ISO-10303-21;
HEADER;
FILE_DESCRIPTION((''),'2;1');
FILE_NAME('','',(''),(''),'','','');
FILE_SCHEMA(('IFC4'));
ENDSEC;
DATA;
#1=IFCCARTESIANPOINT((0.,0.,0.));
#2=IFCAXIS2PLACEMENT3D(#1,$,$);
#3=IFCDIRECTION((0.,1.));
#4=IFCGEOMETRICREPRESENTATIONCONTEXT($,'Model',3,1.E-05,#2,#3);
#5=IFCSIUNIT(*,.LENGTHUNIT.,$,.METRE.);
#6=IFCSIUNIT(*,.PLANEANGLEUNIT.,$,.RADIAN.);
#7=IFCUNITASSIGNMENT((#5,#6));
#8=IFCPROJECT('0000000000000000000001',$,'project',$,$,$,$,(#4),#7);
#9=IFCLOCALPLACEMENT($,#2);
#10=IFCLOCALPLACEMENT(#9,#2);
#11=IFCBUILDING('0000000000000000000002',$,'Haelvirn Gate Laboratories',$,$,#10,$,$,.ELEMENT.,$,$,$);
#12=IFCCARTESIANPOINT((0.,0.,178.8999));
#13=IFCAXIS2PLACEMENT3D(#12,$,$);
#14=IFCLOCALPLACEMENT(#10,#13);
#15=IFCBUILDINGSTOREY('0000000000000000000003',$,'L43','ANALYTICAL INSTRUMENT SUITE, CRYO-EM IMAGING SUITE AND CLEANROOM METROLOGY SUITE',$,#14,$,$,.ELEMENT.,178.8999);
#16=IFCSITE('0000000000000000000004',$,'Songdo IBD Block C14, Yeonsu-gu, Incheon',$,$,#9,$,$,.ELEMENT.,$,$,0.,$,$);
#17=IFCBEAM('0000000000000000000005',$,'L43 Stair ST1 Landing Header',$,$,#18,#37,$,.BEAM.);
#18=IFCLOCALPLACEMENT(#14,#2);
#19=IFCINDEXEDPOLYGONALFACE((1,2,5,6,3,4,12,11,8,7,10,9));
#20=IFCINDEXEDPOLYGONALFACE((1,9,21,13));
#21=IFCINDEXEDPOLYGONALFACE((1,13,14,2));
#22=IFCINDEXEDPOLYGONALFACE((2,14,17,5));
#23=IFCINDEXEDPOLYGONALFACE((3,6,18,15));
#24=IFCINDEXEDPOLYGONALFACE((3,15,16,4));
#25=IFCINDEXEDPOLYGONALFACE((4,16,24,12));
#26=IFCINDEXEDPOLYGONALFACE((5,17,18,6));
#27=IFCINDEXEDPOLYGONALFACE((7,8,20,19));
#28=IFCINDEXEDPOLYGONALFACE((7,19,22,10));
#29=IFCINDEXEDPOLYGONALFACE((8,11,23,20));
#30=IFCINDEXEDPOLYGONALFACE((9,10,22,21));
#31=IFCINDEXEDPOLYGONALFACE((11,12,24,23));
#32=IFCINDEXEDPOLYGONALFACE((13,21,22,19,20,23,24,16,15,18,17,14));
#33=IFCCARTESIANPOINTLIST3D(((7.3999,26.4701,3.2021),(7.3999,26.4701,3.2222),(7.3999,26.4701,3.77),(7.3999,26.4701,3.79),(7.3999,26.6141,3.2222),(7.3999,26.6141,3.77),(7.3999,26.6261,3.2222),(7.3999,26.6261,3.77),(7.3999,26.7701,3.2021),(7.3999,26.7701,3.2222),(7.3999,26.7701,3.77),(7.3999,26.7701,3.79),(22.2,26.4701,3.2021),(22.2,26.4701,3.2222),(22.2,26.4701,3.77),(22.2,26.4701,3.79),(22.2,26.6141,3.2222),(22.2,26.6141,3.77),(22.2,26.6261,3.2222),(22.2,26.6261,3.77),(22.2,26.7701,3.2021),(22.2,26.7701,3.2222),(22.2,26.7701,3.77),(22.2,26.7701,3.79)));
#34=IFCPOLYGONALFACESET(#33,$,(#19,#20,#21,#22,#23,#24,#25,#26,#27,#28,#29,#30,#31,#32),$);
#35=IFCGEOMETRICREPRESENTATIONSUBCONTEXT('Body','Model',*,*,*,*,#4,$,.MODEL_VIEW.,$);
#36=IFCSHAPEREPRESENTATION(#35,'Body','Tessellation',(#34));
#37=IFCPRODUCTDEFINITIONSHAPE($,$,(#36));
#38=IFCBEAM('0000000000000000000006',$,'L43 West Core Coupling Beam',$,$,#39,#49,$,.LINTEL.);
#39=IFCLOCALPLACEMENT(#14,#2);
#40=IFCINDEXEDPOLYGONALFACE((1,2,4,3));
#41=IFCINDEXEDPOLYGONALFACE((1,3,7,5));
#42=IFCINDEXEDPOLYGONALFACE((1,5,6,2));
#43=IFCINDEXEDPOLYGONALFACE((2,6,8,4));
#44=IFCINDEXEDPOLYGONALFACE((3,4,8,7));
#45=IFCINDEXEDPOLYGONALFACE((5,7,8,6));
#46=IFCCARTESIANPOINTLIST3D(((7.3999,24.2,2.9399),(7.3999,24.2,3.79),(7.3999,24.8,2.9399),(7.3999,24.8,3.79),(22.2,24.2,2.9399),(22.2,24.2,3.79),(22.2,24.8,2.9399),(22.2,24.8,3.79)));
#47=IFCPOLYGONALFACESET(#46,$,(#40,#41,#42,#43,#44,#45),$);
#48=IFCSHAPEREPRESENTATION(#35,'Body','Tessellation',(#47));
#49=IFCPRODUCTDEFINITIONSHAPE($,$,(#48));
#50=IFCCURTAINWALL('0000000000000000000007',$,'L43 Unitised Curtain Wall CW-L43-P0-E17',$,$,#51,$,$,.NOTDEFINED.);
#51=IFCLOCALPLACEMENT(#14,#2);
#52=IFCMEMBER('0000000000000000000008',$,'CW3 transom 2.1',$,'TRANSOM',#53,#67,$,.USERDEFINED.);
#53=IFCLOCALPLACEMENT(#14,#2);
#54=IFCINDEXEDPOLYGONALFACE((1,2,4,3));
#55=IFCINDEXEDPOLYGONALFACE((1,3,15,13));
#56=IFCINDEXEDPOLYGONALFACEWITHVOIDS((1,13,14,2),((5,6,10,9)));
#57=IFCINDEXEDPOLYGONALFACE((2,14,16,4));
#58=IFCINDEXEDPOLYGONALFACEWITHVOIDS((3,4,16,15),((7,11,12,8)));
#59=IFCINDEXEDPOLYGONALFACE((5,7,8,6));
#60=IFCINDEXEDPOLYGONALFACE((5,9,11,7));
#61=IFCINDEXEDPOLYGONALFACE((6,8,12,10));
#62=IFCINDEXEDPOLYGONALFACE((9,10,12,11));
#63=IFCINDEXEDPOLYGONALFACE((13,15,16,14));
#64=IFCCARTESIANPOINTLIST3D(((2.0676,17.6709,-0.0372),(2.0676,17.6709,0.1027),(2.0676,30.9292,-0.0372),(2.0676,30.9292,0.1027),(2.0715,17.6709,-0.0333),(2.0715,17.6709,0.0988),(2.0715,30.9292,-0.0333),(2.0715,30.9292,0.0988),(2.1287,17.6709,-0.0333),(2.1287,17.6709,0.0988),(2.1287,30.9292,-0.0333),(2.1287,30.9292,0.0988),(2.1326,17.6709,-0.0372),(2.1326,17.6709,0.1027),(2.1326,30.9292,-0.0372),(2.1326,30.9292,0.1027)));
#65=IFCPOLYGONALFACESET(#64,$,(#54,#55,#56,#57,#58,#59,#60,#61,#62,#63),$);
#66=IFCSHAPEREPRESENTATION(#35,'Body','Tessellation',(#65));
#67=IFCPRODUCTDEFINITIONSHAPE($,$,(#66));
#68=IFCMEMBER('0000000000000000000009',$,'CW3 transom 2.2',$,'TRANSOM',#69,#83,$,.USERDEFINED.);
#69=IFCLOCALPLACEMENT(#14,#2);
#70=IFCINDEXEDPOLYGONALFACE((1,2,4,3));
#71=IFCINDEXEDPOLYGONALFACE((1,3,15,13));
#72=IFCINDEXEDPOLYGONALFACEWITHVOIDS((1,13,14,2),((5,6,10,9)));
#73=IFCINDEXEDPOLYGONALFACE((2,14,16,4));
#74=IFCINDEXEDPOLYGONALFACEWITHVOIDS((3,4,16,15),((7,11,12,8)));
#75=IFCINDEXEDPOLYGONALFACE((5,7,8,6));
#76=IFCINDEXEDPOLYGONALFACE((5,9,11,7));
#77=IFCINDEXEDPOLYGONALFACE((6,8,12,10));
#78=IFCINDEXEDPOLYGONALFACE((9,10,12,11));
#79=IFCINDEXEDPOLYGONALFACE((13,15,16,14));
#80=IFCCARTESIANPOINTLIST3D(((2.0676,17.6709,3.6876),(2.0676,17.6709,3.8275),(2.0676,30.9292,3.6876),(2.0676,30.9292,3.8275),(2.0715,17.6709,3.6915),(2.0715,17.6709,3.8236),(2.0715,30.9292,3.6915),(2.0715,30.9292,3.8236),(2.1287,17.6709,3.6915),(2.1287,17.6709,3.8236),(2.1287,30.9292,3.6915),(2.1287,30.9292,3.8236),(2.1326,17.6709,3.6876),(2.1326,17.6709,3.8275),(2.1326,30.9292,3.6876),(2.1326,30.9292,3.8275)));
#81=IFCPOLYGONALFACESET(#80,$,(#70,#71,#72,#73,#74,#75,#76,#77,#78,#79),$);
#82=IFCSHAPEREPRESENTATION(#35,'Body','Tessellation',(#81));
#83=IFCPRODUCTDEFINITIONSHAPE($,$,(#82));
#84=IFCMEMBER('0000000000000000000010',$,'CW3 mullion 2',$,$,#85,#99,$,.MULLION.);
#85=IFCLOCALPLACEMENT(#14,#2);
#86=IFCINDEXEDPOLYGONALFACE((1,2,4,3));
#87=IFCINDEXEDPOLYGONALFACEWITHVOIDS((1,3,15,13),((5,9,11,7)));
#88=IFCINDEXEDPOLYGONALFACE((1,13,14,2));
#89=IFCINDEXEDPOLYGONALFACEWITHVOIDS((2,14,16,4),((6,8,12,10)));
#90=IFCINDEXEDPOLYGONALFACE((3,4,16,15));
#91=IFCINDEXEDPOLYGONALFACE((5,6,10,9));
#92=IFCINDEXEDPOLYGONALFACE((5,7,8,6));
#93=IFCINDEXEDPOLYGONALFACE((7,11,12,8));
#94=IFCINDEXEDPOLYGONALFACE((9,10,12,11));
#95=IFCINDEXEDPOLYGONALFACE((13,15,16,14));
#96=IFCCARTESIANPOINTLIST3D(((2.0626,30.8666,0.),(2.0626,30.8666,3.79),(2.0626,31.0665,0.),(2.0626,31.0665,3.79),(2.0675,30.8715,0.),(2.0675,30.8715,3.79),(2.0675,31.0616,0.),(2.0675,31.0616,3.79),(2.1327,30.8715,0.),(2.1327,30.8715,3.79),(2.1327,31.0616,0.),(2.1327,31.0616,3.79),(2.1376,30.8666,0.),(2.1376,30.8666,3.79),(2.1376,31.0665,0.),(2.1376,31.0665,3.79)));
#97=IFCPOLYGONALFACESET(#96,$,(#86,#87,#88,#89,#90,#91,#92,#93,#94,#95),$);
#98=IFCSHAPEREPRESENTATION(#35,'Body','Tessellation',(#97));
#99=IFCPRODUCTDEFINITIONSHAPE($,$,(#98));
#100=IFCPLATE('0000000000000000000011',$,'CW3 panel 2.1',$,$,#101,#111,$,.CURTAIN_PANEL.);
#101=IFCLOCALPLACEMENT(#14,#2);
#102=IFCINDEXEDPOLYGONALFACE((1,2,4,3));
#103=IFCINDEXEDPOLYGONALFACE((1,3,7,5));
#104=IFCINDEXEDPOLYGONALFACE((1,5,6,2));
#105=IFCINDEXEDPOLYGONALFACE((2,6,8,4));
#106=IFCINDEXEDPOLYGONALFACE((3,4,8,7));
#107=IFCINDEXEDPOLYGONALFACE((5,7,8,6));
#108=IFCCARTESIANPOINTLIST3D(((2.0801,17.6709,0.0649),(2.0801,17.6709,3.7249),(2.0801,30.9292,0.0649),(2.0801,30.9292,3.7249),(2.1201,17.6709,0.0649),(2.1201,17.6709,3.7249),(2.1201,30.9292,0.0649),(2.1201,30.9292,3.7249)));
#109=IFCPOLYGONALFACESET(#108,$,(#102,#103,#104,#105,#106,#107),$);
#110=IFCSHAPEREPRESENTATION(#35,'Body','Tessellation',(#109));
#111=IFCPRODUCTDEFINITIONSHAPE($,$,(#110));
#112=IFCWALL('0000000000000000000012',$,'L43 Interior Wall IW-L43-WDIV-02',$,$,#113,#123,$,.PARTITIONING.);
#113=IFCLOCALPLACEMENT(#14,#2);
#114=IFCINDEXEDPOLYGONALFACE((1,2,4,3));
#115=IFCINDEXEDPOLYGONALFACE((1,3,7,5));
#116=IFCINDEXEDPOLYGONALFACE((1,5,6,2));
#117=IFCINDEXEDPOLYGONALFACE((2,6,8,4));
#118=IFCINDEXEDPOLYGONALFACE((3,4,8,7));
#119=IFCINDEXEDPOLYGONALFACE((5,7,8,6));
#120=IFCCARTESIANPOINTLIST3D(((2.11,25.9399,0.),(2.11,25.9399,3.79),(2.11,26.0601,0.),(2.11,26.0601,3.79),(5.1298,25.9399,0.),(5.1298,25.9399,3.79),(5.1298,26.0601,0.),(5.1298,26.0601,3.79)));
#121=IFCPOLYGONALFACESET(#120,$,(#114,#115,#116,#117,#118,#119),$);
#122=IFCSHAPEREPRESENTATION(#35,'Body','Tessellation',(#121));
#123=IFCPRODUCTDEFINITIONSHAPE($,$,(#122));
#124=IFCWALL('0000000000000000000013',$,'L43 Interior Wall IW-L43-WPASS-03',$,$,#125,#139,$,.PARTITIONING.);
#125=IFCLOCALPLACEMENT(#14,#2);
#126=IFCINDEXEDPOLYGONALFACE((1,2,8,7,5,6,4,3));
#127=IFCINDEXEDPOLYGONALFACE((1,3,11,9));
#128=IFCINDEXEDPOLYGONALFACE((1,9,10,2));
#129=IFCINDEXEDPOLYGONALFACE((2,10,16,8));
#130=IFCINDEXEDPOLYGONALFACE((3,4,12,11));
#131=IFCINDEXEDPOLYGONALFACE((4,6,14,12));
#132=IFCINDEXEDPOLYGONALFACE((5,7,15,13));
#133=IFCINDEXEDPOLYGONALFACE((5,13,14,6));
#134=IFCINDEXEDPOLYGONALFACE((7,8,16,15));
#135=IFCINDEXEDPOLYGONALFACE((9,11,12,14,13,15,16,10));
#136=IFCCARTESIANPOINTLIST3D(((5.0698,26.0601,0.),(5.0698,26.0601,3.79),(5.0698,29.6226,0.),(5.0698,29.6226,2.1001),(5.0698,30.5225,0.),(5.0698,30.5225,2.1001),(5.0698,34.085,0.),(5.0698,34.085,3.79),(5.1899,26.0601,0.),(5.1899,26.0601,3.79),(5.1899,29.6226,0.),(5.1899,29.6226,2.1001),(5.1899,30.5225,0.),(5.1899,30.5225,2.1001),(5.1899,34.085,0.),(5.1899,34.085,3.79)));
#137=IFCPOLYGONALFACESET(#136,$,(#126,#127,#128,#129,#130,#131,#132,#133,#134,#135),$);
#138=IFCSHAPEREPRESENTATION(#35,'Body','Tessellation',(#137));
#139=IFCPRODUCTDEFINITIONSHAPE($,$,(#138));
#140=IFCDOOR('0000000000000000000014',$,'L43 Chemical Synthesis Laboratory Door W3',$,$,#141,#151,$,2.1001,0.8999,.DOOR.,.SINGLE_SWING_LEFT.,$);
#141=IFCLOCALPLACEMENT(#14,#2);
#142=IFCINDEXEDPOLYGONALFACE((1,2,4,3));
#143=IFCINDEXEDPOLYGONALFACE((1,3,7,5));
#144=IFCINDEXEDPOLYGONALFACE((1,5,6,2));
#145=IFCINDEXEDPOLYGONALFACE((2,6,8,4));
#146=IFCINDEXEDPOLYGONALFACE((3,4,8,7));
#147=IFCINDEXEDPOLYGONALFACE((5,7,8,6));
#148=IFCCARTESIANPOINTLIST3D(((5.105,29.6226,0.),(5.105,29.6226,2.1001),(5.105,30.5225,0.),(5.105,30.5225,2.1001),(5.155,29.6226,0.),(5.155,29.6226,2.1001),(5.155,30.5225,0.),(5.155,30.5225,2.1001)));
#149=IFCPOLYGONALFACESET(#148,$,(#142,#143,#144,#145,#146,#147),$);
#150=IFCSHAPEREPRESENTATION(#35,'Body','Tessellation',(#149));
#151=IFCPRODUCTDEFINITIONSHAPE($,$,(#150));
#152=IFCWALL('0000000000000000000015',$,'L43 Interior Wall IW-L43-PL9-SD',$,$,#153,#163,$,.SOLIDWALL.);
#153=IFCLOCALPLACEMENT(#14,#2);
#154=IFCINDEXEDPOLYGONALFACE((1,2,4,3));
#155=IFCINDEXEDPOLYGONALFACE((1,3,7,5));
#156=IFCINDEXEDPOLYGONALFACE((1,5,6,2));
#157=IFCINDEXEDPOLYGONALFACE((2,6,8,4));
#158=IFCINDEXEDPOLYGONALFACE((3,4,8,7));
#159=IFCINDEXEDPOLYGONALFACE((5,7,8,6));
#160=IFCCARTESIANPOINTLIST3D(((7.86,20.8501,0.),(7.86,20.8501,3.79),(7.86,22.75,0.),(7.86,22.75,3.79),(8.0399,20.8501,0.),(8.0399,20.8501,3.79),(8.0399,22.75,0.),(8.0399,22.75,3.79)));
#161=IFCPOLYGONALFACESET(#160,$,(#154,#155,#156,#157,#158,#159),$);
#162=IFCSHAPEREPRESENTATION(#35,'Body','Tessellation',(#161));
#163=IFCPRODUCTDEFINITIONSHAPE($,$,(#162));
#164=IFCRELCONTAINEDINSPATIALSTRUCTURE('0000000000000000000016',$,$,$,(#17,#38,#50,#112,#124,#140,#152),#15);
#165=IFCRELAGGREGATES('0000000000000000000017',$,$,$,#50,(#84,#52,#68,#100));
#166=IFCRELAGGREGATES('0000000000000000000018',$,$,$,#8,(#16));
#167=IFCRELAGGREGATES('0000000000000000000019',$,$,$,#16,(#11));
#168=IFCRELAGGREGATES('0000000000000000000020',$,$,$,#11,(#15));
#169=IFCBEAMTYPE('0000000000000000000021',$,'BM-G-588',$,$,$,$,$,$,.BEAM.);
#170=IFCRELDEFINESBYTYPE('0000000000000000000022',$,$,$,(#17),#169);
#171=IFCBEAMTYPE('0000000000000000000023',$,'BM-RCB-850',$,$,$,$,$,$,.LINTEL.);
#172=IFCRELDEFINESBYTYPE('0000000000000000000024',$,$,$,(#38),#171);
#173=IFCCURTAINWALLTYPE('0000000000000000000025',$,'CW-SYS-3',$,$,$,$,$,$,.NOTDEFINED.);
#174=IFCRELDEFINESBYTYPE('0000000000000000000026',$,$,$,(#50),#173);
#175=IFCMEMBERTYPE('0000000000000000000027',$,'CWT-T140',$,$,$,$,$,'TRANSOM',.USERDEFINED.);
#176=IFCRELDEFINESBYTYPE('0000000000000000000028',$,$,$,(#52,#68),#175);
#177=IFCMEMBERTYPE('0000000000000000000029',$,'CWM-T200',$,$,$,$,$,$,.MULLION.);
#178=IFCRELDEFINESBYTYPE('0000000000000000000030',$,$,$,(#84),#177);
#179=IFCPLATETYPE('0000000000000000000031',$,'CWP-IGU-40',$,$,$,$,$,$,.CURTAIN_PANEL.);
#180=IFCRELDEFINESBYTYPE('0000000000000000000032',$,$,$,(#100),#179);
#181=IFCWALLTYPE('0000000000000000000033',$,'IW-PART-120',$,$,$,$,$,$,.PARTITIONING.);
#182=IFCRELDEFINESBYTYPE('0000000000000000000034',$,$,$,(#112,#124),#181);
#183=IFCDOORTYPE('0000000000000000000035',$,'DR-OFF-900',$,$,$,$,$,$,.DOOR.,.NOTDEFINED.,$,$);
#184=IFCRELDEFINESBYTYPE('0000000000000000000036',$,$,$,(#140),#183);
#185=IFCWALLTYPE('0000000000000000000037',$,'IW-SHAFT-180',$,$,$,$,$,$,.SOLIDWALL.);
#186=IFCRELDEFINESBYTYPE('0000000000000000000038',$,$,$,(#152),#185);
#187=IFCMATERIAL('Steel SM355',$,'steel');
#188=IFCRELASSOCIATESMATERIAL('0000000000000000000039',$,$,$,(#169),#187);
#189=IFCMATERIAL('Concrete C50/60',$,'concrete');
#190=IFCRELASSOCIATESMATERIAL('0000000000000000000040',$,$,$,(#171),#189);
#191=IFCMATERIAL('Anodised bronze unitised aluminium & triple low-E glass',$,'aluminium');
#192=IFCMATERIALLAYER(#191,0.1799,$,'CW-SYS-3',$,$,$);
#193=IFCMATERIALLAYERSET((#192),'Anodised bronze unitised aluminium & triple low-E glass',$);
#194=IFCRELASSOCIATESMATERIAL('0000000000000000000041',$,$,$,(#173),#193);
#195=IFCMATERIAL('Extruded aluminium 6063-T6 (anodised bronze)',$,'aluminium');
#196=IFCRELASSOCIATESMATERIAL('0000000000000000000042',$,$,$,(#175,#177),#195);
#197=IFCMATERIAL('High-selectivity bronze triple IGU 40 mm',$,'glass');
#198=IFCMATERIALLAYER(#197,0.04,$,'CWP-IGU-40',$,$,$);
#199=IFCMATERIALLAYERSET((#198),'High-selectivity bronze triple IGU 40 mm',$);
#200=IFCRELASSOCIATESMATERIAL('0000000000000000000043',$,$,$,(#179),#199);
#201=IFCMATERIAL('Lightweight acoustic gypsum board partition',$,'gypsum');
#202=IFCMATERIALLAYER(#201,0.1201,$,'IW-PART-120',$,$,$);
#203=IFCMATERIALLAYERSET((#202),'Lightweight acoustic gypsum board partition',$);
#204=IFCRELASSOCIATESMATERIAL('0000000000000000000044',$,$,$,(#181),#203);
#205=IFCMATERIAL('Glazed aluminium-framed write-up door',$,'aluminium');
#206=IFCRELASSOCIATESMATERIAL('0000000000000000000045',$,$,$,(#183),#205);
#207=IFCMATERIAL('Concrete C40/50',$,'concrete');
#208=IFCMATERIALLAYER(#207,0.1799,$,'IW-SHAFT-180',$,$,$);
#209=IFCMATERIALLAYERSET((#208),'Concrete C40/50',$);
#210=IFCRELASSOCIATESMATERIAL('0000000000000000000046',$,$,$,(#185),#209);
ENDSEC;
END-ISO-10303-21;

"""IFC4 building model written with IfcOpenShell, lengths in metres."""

from ifc_helpers import new_model, si_unit, direction, frame, frame_2d, origin, origin_2d, place, context, subcontext, project, spatial, rectangle, hollow_rectangle, i_section, extrude, source, transform, mapped, material, layer, layer_set, material_profile, profile_set, type_object, type_shapes, element, fill, aggregate, save


model = new_model("IFC4")

# Units and contexts
model_context = context("Model", 3, precision=1e-05, world=origin(), true_north=direction((0.0, 1.0)))
body_context = subcontext(model_context, "Body", "Model", "MODEL_VIEW")
ifc_project = project(units=[si_unit("LENGTHUNIT", "METRE"), si_unit("PLANEANGLEUNIT", "RADIAN")], contexts=[model_context])

# Site, building, storey
site_placement = place(None, origin())
site = spatial("IfcSite", under=ifc_project, at=site_placement, Name="Songdo IBD Block C14, Yeonsu-gu, Incheon", CompositionType="ELEMENT", RefElevation=0.0)
building_placement = place(site_placement, origin())
building = spatial("IfcBuilding", under=site, at=building_placement, Name="Haelvirn Gate Laboratories", CompositionType="ELEMENT")
storey_placement = place(building_placement, frame((0.0, 0.0, 178.8999)))
storey = spatial("IfcBuildingStorey", under=building, at=storey_placement, Name="L43", Description="ANALYTICAL INSTRUMENT SUITE, CRYO-EM IMAGING SUITE AND CLEANROOM METROLOGY SUITE", CompositionType="ELEMENT", Elevation=178.8999)

# Beams
ifc_material_1 = material(Name="Steel SM355", Category="steel")
ifc_material_profile_1 = material_profile(ifc_material_1, i_section(OverallWidth=0.3, OverallDepth=0.5879, WebThickness=0.012, FlangeThickness=0.02, at=origin_2d()), Name="H-588x300x12x20")
ifc_profile_set_1 = profile_set([ifc_material_profile_1], Name="Steel SM355")
beam_type_1 = type_object("IfcBeamType", Name="BM-G-588", PredefinedType="BEAM", material=ifc_profile_set_1)
shared_shape_1 = source(origin(), body_context, "Body", "SweptSolid", [
    extrude(i_section(OverallWidth=0.3, OverallDepth=0.5879, WebThickness=0.012, FlangeThickness=0.02, at=origin_2d()), origin(), (0.0, 0.0, 1.0), 14.8),
])
type_shapes(beam_type_1, [shared_shape_1])
beam_1_placement = place(storey_placement, frame((7.3999, 26.6201, 3.4961), z_axis=(1.0, 0.0, 0.0), x_axis=(0.0, 1.0, 0.0)))
element("IfcBeam", 1, at=beam_1_placement, inside=storey, type_object=beam_type_1, Name="L43 Stair ST1 Landing Header", PredefinedType="BEAM", context=body_context, shape_type="MappedRepresentation", body=[
    mapped(shared_shape_1, transform((0.0, 0.0, 0.0), scale=1.0)),
])
ifc_material_2 = material(Name="Concrete C50/60", Category="concrete")
ifc_material_profile_2 = material_profile(ifc_material_2, rectangle(XDim=0.6001, YDim=0.8501, at=origin_2d()), Name="RCB-600x850")
ifc_profile_set_2 = profile_set([ifc_material_profile_2], Name="Concrete C50/60")
beam_type_2 = type_object("IfcBeamType", Name="BM-RCB-850", PredefinedType="LINTEL", material=ifc_profile_set_2)
shared_shape_2 = source(origin(), body_context, "Body", "SweptSolid", [
    extrude(rectangle(XDim=0.6001, YDim=0.8501, at=origin_2d()), origin(), (0.0, 0.0, 1.0), 14.8),
])
type_shapes(beam_type_2, [shared_shape_2])
beam_2_placement = place(storey_placement, frame((7.3999, 24.5, 3.365), z_axis=(1.0, 0.0, 0.0), x_axis=(0.0, 1.0, 0.0)))
element("IfcBeam", 2, at=beam_2_placement, inside=storey, type_object=beam_type_2, Name="L43 West Core Coupling Beam", PredefinedType="LINTEL", context=body_context, shape_type="MappedRepresentation", body=[
    mapped(shared_shape_2, transform((0.0, 0.0, 0.0), scale=1.0)),
])

# Curtain wall, members, plate
ifc_material_3 = material(Name="Anodised bronze unitised aluminium & triple low-E glass", Category="aluminium")
ifc_layer_1 = layer(ifc_material_3, 0.1799, Name="CW-SYS-3")
ifc_layer_set_1 = layer_set([ifc_layer_1], Name="Anodised bronze unitised aluminium & triple low-E glass")
curtain_wall_type = type_object("IfcCurtainWallType", Name="CW-SYS-3", PredefinedType="NOTDEFINED", material=ifc_layer_set_1)
curtain_wall_placement = place(storey_placement, origin())
curtain_wall = element("IfcCurtainWall", 3, at=curtain_wall_placement, inside=storey, type_object=curtain_wall_type, Name="L43 Unitised Curtain Wall CW-L43-P0-E17", PredefinedType="NOTDEFINED")
ifc_material_4 = material(Name="Extruded aluminium 6063-T6 (anodised bronze)", Category="aluminium")
ifc_material_profile_3 = material_profile(ifc_material_4, hollow_rectangle(XDim=0.0649, YDim=0.1399, WallThickness=0.0039, at=origin_2d()), Name="CWT-140x65x4")
ifc_profile_set_3 = profile_set([ifc_material_profile_3], Name="Extruded aluminium 6063-T6 (anodised bronze)")
member_type_1 = type_object("IfcMemberType", Name="CWT-T140", ElementType="TRANSOM", PredefinedType="USERDEFINED", material=ifc_profile_set_3)
shared_shape_3 = source(origin(), body_context, "Body", "SweptSolid", [
    extrude(hollow_rectangle(XDim=0.0649, YDim=0.1399, WallThickness=0.0039, at=origin_2d()), origin(), (0.0, 0.0, 1.0), 13.2583),
])
type_shapes(member_type_1, [shared_shape_3])
member_1_placement = place(storey_placement, frame((2.1001, 30.9292, 0.0327), z_axis=(0.0, -1.0, 0.0), x_axis=(1.0, 0.0, 0.0)))
member_1 = element("IfcMember", 4, at=member_1_placement, type_object=member_type_1, Name="CW3 transom 2.1", ObjectType="TRANSOM", PredefinedType="USERDEFINED", context=body_context, shape_type="MappedRepresentation", body=[
    mapped(shared_shape_3, transform((0.0, 0.0, 0.0), scale=1.0)),
])
member_2_placement = place(storey_placement, frame((2.1001, 30.9292, 3.7576), z_axis=(0.0, -1.0, 0.0), x_axis=(1.0, 0.0, 0.0)))
member_2 = element("IfcMember", 5, at=member_2_placement, type_object=member_type_1, Name="CW3 transom 2.2", ObjectType="TRANSOM", PredefinedType="USERDEFINED", context=body_context, shape_type="MappedRepresentation", body=[
    mapped(shared_shape_3, transform((0.0, 0.0, 0.0), scale=1.0)),
])
ifc_material_profile_4 = material_profile(ifc_material_4, hollow_rectangle(XDim=0.075, YDim=0.2, WallThickness=0.0049, at=origin_2d()), Name="CWM-200x75x5")
ifc_profile_set_4 = profile_set([ifc_material_profile_4], Name="Extruded aluminium 6063-T6 (anodised bronze)")
member_type_2 = type_object("IfcMemberType", Name="CWM-T200", PredefinedType="MULLION", material=ifc_profile_set_4)
shared_shape_4 = source(origin(), body_context, "Body", "SweptSolid", [
    extrude(hollow_rectangle(XDim=0.075, YDim=0.2, WallThickness=0.0049, at=origin_2d()), origin(), (0.0, 0.0, 1.0), 3.79),
])
type_shapes(member_type_2, [shared_shape_4])
member_3_placement = place(storey_placement, frame((2.1001, 30.9666, 0.0), z_axis=(0.0, 0.0, 1.0), x_axis=(1.0, 0.0, 0.0)))
member_3 = element("IfcMember", 6, at=member_3_placement, type_object=member_type_2, Name="CW3 mullion 2", PredefinedType="MULLION", context=body_context, shape_type="MappedRepresentation", body=[
    mapped(shared_shape_4, transform((0.0, 0.0, 0.0), scale=1.0)),
])
ifc_material_5 = material(Name="High-selectivity bronze triple IGU 40 mm", Category="glass")
ifc_layer_2 = layer(ifc_material_5, 0.04, Name="CWP-IGU-40")
ifc_layer_set_2 = layer_set([ifc_layer_2], Name="High-selectivity bronze triple IGU 40 mm")
plate_type = type_object("IfcPlateType", Name="CWP-IGU-40", PredefinedType="CURTAIN_PANEL", material=ifc_layer_set_2)
shared_shape_5 = source(origin(), body_context, "Body", "SweptSolid", [
    extrude(rectangle(XDim=13.2583, YDim=0.04, at=origin_2d()), origin(), (0.0, 0.0, 1.0), 3.6599),
])
type_shapes(plate_type, [shared_shape_5])
plate_placement = place(storey_placement, frame((2.1001, 24.3, 0.0649), z_axis=(0.0, 0.0, 1.0), x_axis=(0.0, -1.0, 0.0)))
plate = element("IfcPlate", 7, at=plate_placement, type_object=plate_type, Name="CW3 panel 2.1", PredefinedType="CURTAIN_PANEL", context=body_context, shape_type="MappedRepresentation", body=[
    mapped(shared_shape_5, transform((0.0, 0.0, 0.0), scale=1.0)),
])
aggregate(curtain_wall, [member_3, member_1, member_2, plate])

# Wall
ifc_material_6 = material(Name="Lightweight acoustic gypsum board partition", Category="gypsum")
ifc_layer_3 = layer(ifc_material_6, 0.1201, Name="IW-PART-120")
ifc_layer_set_3 = layer_set([ifc_layer_3], Name="Lightweight acoustic gypsum board partition")
wall_type_1 = type_object("IfcWallType", Name="IW-PART-120", PredefinedType="PARTITIONING", material=ifc_layer_set_3)
wall_1_placement = place(storey_placement, frame((2.1101, 26.0, 0.0), z_axis=(0.0, 0.0, 1.0), x_axis=(1.0, 0.0, 0.0)))
element("IfcWall", 8, at=wall_1_placement, inside=storey, type_object=wall_type_1, Name="L43 Interior Wall IW-L43-WDIV-02", PredefinedType="PARTITIONING", context=body_context, shape_type="SweptSolid", body=[
    extrude(rectangle(XDim=3.0198, YDim=0.1201, at=frame_2d((1.5098, 0.0))), origin(), (0.0, 0.0, 1.0), 3.79),
])

# Wall, opening, door
wall_2_placement = place(storey_placement, frame((5.1299, 26.0601, 0.0), z_axis=(0.0, 0.0, 1.0), x_axis=(0.0, 1.0, 0.0)))
wall_2 = element("IfcWall", 9, at=wall_2_placement, inside=storey, type_object=wall_type_1, Name="L43 Interior Wall IW-L43-WPASS-03", PredefinedType="PARTITIONING", context=body_context, shape_type="SweptSolid", body=[
    extrude(rectangle(XDim=8.0249, YDim=0.1201, at=frame_2d((4.0125, 0.0))), origin(), (0.0, 0.0, 1.0), 3.79),
])
opening_placement = place(wall_2_placement, frame((3.5625, 0.0, 0.0)))
opening = element("IfcOpeningElement", 10, at=opening_placement, cuts=wall_2, PredefinedType="OPENING", context=body_context, shape_type="SweptSolid", body=[
    extrude(rectangle(XDim=0.8999, YDim=2.1001, at=frame_2d((0.45, 1.05))), frame((0.0, 0.0701, 0.0), z_axis=(0.0, -1.0, 0.0), x_axis=(1.0, 0.0, 0.0)), (0.0, 0.0, 1.0), 0.1401),
])
ifc_material_7 = material(Name="Glazed aluminium-framed write-up door", Category="aluminium")
door_type = type_object("IfcDoorType", Name="DR-OFF-900", OperationType="NOTDEFINED", PredefinedType="DOOR", material=ifc_material_7)
shared_shape_6 = source(origin(), body_context, "Body", "SweptSolid", [
    extrude(rectangle(XDim=0.8999, YDim=2.1001, at=frame_2d((0.45, 1.05))), frame((0.0, 0.0249, 0.0), z_axis=(0.0, -1.0, 0.0), x_axis=(1.0, 0.0, 0.0)), (0.0, 0.0, 1.0), 0.05),
])
type_shapes(door_type, [shared_shape_6])
door_placement = place(opening_placement, origin())
door = element("IfcDoor", 11, at=door_placement, inside=storey, type_object=door_type, Name="L43 Chemical Synthesis Laboratory Door W3", OperationType="SINGLE_SWING_LEFT", OverallHeight=2.1001, OverallWidth=0.8999, PredefinedType="DOOR", context=body_context, shape_type="MappedRepresentation", body=[
    mapped(shared_shape_6, transform((0.0, 0.0, 0.0), scale=1.0)),
])
fill(opening, door)

# Wall
ifc_material_8 = material(Name="Concrete C40/50", Category="concrete")
ifc_layer_4 = layer(ifc_material_8, 0.1799, Name="IW-SHAFT-180")
ifc_layer_set_4 = layer_set([ifc_layer_4], Name="Concrete C40/50")
wall_type_2 = type_object("IfcWallType", Name="IW-SHAFT-180", PredefinedType="SOLIDWALL", material=ifc_layer_set_4)
for number, where, z_axis, x_axis, name in (
    (12, (7.95, 20.8501, 0.0), (0.0, 0.0, 1.0), (0.0, 1.0, 0.0), "L43 Interior Wall IW-L43-PL9-SD"),
):
    element("IfcWall", number, at=place(storey_placement, frame(where, z_axis=z_axis, x_axis=x_axis)), inside=storey, type_object=wall_type_2, Name=name, PredefinedType="SOLIDWALL", context=body_context, shape_type="SweptSolid", body=[
        extrude(rectangle(XDim=1.8999, YDim=0.1799, at=frame_2d((0.95, 0.0))), origin(), (0.0, 0.0, 1.0), 3.79),
    ])

save(model, "model.ifc")
